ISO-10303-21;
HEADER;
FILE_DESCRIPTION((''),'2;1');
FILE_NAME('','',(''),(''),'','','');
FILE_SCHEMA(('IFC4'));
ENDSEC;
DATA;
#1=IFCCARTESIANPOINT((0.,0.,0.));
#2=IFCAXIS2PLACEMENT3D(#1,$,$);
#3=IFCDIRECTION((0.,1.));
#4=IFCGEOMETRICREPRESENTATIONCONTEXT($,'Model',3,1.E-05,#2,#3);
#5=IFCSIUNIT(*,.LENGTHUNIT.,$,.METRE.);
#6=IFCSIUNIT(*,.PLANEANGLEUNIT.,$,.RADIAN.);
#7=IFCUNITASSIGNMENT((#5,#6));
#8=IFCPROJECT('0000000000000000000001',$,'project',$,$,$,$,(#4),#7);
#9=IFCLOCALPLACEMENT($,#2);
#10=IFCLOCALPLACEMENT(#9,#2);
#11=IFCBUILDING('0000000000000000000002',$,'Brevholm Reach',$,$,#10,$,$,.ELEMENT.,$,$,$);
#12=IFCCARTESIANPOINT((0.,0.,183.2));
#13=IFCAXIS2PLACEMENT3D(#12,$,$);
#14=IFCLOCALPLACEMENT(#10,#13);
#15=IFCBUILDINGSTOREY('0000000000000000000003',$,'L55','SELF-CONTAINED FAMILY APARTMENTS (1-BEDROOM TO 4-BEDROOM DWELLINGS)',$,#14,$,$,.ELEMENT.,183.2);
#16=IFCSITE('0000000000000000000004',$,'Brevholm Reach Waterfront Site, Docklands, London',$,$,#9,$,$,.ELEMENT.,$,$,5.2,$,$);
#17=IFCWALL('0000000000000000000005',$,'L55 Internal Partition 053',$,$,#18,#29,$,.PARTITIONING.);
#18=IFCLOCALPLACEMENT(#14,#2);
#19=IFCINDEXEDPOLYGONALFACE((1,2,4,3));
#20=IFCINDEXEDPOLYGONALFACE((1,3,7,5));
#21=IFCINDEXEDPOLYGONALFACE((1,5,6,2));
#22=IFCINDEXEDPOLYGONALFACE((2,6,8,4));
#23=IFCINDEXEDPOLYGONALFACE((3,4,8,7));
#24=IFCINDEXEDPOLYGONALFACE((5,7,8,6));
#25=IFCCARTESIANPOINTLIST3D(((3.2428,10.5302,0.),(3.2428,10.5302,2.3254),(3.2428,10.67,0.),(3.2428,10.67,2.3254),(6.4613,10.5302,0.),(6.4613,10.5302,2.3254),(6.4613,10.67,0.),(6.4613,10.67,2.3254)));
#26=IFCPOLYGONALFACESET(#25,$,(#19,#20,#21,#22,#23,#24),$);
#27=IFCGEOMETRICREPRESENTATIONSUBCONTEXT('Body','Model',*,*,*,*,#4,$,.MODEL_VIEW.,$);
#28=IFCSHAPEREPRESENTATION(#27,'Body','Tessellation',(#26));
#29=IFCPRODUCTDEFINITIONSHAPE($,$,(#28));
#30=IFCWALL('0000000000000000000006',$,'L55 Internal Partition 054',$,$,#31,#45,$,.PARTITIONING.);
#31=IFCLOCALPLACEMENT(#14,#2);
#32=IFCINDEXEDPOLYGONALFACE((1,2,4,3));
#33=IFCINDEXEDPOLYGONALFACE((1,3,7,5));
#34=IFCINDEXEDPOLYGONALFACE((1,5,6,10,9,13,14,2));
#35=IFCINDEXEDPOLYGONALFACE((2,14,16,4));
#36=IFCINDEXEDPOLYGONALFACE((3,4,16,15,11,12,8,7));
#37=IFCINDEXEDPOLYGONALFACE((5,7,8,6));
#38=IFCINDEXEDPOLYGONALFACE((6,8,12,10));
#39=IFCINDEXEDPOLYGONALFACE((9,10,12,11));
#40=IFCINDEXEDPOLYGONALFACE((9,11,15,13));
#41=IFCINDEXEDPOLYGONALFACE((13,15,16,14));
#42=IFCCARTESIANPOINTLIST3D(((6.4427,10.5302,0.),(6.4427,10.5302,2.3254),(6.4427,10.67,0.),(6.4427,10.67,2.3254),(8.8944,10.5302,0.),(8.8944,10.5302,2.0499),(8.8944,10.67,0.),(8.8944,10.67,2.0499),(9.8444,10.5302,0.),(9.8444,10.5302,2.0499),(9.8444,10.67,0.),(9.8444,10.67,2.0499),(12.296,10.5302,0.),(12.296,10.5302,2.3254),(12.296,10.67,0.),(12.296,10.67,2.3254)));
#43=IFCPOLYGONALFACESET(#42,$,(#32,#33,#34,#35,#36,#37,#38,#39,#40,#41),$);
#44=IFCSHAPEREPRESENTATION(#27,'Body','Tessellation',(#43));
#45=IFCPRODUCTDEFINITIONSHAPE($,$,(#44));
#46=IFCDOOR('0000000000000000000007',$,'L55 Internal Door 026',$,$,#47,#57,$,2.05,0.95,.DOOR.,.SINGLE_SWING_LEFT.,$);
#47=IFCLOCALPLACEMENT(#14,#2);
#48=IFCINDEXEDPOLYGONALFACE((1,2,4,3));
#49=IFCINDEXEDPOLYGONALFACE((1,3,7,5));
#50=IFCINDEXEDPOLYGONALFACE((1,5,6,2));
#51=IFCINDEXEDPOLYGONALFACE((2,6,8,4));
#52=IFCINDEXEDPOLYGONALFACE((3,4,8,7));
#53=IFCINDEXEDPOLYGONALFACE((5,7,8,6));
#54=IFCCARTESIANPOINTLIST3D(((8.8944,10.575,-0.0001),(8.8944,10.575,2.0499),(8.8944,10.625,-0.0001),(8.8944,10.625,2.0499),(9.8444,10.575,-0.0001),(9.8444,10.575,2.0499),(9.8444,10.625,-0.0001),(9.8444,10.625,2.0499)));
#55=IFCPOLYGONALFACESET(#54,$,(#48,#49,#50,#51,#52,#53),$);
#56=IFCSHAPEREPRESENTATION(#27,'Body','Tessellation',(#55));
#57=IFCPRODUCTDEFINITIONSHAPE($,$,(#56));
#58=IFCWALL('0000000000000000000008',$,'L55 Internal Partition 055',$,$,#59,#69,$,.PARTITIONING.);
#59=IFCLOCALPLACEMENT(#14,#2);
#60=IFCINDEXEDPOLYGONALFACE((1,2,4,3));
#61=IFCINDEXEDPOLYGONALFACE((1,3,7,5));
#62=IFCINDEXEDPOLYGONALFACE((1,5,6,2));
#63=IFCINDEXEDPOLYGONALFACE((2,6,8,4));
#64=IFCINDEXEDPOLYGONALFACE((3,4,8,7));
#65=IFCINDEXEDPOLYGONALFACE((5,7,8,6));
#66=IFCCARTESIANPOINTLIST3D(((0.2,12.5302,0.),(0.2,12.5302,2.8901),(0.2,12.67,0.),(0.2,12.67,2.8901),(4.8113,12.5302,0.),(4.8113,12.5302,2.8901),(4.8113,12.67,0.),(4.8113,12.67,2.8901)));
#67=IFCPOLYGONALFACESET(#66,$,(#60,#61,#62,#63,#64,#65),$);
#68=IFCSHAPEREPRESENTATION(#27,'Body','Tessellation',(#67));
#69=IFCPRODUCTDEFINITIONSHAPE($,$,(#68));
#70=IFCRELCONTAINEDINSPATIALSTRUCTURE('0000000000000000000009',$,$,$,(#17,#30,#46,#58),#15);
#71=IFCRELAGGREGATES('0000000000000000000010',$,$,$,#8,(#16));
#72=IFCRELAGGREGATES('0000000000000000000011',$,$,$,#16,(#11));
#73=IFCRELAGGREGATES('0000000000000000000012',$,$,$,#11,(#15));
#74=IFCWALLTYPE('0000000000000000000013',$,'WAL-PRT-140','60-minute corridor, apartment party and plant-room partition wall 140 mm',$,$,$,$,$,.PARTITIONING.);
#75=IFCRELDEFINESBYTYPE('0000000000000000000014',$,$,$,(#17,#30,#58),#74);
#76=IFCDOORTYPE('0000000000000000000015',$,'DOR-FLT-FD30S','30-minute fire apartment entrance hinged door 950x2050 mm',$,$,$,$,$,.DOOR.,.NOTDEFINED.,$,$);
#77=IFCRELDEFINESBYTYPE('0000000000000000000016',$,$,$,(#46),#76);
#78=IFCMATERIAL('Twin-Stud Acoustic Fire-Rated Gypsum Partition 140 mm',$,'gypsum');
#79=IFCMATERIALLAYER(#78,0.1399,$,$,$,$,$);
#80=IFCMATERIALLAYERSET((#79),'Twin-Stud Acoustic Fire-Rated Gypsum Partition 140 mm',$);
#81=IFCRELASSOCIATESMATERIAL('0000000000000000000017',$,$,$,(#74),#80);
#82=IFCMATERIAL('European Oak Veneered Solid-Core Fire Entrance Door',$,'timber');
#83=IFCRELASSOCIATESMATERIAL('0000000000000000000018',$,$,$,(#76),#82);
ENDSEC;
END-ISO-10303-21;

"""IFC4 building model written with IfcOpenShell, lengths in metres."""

from ifc_helpers import new_model, si_unit, direction, frame, frame_2d, origin, place, context, subcontext, project, spatial, rectangle, extrude, material, layer, layer_set, type_object, element, fill, save


model = new_model("IFC4")

# Units and contexts
model_context = context("Model", 3, precision=1e-05, world=origin(), true_north=direction((0.0, 1.0)))
body_context = subcontext(model_context, "Body", "Model", "MODEL_VIEW")
ifc_project = project(units=[si_unit("LENGTHUNIT", "METRE"), si_unit("PLANEANGLEUNIT", "RADIAN")], contexts=[model_context])

# Site, building, storey
site_placement = place(None, origin())
site = spatial("IfcSite", under=ifc_project, at=site_placement, Name="Brevholm Reach Waterfront Site, Docklands, London", CompositionType="ELEMENT", RefElevation=5.2)
building_placement = place(site_placement, origin())
building = spatial("IfcBuilding", under=site, at=building_placement, Name="Brevholm Reach", CompositionType="ELEMENT")
storey_placement = place(building_placement, frame((0.0, 0.0, 183.2)))
storey = spatial("IfcBuildingStorey", under=building, at=storey_placement, Name="L55", Description="SELF-CONTAINED FAMILY APARTMENTS (1-BEDROOM TO 4-BEDROOM DWELLINGS)", CompositionType="ELEMENT", Elevation=183.2)

# Wall
ifc_material_1 = material(Name="Twin-Stud Acoustic Fire-Rated Gypsum Partition 140 mm", Category="gypsum")
ifc_layer_1 = layer(ifc_material_1, 0.1399)
ifc_layer_set_1 = layer_set([ifc_layer_1], Name="Twin-Stud Acoustic Fire-Rated Gypsum Partition 140 mm")
wall_type_1 = type_object("IfcWallType", Name="WAL-PRT-140", Description="60-minute corridor, apartment party and plant-room partition wall 140 mm", PredefinedType="PARTITIONING", material=ifc_layer_set_1)
wall_1_placement = place(storey_placement, frame((3.2427, 10.6001, 0.0), z_axis=(0.0, 0.0, 1.0), x_axis=(1.0, 0.0, 0.0)))
element("IfcWall", 1, at=wall_1_placement, inside=storey, type_object=wall_type_1, Name="L55 Internal Partition 053", PredefinedType="PARTITIONING", context=body_context, shape_type="SweptSolid", body=[
    extrude(rectangle(XDim=3.2185, YDim=0.1399, at=frame_2d((1.6094, 0.0))), origin(), (0.0, 0.0, 1.0), 2.3254),
])

# Wall, opening, door
wall_2_placement = place(storey_placement, frame((6.4426, 10.6001, 0.0), z_axis=(0.0, 0.0, 1.0), x_axis=(1.0, 0.0, 0.0)))
wall_2 = element("IfcWall", 2, at=wall_2_placement, inside=storey, type_object=wall_type_1, Name="L55 Internal Partition 054", PredefinedType="PARTITIONING", context=body_context, shape_type="SweptSolid", body=[
    extrude(rectangle(XDim=5.8533, YDim=0.1399, at=frame_2d((2.9268, 0.0))), origin(), (0.0, 0.0, 1.0), 2.3254),
])
opening_1_placement = place(wall_2_placement, frame((2.4517, 0.0, 0.0)))
opening_1 = element("IfcOpeningElement", 3, at=opening_1_placement, cuts=wall_2, PredefinedType="OPENING", context=body_context, shape_type="SweptSolid", body=[
    extrude(rectangle(XDim=0.95, YDim=2.05, at=frame_2d((0.4751, 1.0249))), frame((0.0, 0.0798, 0.0), z_axis=(0.0, -1.0, 0.0), x_axis=(1.0, 0.0, 0.0)), (0.0, 0.0, 1.0), 0.1599),
])
ifc_material_2 = material(Name="European Oak Veneered Solid-Core Fire Entrance Door", Category="timber")
door_type_1 = type_object("IfcDoorType", Name="DOR-FLT-FD30S", Description="30-minute fire apartment entrance hinged door 950x2050 mm", OperationType="NOTDEFINED", PredefinedType="DOOR", material=ifc_material_2)
door_1_placement = place(opening_1_placement, origin())
door_1 = element("IfcDoor", 4, at=door_1_placement, inside=storey, type_object=door_type_1, Name="L55 Internal Door 026", OperationType="SINGLE_SWING_LEFT", OverallHeight=2.05, OverallWidth=0.95, PredefinedType="DOOR", context=body_context, shape_type="SweptSolid", body=[
    extrude(rectangle(XDim=0.95, YDim=2.05, at=frame_2d((0.4751, 1.0249))), frame((0.0, 0.0249, 0.0), z_axis=(0.0, -1.0, 0.0), x_axis=(1.0, 0.0, 0.0)), (0.0, 0.0, 1.0), 0.05),
])
fill(opening_1, door_1)

# Wall
wall_3_placement = place(storey_placement, frame((0.2, 12.6001, 0.0), z_axis=(0.0, 0.0, 1.0), x_axis=(1.0, 0.0, 0.0)))
element("IfcWall", 5, at=wall_3_placement, inside=storey, type_object=wall_type_1, Name="L55 Internal Partition 055", PredefinedType="PARTITIONING", context=body_context, shape_type="SweptSolid", body=[
    extrude(rectangle(XDim=4.6113, YDim=0.1399, at=frame_2d((2.3057, 0.0))), origin(), (0.0, 0.0, 1.0), 2.8901),
])

save(model, "model.ifc")
